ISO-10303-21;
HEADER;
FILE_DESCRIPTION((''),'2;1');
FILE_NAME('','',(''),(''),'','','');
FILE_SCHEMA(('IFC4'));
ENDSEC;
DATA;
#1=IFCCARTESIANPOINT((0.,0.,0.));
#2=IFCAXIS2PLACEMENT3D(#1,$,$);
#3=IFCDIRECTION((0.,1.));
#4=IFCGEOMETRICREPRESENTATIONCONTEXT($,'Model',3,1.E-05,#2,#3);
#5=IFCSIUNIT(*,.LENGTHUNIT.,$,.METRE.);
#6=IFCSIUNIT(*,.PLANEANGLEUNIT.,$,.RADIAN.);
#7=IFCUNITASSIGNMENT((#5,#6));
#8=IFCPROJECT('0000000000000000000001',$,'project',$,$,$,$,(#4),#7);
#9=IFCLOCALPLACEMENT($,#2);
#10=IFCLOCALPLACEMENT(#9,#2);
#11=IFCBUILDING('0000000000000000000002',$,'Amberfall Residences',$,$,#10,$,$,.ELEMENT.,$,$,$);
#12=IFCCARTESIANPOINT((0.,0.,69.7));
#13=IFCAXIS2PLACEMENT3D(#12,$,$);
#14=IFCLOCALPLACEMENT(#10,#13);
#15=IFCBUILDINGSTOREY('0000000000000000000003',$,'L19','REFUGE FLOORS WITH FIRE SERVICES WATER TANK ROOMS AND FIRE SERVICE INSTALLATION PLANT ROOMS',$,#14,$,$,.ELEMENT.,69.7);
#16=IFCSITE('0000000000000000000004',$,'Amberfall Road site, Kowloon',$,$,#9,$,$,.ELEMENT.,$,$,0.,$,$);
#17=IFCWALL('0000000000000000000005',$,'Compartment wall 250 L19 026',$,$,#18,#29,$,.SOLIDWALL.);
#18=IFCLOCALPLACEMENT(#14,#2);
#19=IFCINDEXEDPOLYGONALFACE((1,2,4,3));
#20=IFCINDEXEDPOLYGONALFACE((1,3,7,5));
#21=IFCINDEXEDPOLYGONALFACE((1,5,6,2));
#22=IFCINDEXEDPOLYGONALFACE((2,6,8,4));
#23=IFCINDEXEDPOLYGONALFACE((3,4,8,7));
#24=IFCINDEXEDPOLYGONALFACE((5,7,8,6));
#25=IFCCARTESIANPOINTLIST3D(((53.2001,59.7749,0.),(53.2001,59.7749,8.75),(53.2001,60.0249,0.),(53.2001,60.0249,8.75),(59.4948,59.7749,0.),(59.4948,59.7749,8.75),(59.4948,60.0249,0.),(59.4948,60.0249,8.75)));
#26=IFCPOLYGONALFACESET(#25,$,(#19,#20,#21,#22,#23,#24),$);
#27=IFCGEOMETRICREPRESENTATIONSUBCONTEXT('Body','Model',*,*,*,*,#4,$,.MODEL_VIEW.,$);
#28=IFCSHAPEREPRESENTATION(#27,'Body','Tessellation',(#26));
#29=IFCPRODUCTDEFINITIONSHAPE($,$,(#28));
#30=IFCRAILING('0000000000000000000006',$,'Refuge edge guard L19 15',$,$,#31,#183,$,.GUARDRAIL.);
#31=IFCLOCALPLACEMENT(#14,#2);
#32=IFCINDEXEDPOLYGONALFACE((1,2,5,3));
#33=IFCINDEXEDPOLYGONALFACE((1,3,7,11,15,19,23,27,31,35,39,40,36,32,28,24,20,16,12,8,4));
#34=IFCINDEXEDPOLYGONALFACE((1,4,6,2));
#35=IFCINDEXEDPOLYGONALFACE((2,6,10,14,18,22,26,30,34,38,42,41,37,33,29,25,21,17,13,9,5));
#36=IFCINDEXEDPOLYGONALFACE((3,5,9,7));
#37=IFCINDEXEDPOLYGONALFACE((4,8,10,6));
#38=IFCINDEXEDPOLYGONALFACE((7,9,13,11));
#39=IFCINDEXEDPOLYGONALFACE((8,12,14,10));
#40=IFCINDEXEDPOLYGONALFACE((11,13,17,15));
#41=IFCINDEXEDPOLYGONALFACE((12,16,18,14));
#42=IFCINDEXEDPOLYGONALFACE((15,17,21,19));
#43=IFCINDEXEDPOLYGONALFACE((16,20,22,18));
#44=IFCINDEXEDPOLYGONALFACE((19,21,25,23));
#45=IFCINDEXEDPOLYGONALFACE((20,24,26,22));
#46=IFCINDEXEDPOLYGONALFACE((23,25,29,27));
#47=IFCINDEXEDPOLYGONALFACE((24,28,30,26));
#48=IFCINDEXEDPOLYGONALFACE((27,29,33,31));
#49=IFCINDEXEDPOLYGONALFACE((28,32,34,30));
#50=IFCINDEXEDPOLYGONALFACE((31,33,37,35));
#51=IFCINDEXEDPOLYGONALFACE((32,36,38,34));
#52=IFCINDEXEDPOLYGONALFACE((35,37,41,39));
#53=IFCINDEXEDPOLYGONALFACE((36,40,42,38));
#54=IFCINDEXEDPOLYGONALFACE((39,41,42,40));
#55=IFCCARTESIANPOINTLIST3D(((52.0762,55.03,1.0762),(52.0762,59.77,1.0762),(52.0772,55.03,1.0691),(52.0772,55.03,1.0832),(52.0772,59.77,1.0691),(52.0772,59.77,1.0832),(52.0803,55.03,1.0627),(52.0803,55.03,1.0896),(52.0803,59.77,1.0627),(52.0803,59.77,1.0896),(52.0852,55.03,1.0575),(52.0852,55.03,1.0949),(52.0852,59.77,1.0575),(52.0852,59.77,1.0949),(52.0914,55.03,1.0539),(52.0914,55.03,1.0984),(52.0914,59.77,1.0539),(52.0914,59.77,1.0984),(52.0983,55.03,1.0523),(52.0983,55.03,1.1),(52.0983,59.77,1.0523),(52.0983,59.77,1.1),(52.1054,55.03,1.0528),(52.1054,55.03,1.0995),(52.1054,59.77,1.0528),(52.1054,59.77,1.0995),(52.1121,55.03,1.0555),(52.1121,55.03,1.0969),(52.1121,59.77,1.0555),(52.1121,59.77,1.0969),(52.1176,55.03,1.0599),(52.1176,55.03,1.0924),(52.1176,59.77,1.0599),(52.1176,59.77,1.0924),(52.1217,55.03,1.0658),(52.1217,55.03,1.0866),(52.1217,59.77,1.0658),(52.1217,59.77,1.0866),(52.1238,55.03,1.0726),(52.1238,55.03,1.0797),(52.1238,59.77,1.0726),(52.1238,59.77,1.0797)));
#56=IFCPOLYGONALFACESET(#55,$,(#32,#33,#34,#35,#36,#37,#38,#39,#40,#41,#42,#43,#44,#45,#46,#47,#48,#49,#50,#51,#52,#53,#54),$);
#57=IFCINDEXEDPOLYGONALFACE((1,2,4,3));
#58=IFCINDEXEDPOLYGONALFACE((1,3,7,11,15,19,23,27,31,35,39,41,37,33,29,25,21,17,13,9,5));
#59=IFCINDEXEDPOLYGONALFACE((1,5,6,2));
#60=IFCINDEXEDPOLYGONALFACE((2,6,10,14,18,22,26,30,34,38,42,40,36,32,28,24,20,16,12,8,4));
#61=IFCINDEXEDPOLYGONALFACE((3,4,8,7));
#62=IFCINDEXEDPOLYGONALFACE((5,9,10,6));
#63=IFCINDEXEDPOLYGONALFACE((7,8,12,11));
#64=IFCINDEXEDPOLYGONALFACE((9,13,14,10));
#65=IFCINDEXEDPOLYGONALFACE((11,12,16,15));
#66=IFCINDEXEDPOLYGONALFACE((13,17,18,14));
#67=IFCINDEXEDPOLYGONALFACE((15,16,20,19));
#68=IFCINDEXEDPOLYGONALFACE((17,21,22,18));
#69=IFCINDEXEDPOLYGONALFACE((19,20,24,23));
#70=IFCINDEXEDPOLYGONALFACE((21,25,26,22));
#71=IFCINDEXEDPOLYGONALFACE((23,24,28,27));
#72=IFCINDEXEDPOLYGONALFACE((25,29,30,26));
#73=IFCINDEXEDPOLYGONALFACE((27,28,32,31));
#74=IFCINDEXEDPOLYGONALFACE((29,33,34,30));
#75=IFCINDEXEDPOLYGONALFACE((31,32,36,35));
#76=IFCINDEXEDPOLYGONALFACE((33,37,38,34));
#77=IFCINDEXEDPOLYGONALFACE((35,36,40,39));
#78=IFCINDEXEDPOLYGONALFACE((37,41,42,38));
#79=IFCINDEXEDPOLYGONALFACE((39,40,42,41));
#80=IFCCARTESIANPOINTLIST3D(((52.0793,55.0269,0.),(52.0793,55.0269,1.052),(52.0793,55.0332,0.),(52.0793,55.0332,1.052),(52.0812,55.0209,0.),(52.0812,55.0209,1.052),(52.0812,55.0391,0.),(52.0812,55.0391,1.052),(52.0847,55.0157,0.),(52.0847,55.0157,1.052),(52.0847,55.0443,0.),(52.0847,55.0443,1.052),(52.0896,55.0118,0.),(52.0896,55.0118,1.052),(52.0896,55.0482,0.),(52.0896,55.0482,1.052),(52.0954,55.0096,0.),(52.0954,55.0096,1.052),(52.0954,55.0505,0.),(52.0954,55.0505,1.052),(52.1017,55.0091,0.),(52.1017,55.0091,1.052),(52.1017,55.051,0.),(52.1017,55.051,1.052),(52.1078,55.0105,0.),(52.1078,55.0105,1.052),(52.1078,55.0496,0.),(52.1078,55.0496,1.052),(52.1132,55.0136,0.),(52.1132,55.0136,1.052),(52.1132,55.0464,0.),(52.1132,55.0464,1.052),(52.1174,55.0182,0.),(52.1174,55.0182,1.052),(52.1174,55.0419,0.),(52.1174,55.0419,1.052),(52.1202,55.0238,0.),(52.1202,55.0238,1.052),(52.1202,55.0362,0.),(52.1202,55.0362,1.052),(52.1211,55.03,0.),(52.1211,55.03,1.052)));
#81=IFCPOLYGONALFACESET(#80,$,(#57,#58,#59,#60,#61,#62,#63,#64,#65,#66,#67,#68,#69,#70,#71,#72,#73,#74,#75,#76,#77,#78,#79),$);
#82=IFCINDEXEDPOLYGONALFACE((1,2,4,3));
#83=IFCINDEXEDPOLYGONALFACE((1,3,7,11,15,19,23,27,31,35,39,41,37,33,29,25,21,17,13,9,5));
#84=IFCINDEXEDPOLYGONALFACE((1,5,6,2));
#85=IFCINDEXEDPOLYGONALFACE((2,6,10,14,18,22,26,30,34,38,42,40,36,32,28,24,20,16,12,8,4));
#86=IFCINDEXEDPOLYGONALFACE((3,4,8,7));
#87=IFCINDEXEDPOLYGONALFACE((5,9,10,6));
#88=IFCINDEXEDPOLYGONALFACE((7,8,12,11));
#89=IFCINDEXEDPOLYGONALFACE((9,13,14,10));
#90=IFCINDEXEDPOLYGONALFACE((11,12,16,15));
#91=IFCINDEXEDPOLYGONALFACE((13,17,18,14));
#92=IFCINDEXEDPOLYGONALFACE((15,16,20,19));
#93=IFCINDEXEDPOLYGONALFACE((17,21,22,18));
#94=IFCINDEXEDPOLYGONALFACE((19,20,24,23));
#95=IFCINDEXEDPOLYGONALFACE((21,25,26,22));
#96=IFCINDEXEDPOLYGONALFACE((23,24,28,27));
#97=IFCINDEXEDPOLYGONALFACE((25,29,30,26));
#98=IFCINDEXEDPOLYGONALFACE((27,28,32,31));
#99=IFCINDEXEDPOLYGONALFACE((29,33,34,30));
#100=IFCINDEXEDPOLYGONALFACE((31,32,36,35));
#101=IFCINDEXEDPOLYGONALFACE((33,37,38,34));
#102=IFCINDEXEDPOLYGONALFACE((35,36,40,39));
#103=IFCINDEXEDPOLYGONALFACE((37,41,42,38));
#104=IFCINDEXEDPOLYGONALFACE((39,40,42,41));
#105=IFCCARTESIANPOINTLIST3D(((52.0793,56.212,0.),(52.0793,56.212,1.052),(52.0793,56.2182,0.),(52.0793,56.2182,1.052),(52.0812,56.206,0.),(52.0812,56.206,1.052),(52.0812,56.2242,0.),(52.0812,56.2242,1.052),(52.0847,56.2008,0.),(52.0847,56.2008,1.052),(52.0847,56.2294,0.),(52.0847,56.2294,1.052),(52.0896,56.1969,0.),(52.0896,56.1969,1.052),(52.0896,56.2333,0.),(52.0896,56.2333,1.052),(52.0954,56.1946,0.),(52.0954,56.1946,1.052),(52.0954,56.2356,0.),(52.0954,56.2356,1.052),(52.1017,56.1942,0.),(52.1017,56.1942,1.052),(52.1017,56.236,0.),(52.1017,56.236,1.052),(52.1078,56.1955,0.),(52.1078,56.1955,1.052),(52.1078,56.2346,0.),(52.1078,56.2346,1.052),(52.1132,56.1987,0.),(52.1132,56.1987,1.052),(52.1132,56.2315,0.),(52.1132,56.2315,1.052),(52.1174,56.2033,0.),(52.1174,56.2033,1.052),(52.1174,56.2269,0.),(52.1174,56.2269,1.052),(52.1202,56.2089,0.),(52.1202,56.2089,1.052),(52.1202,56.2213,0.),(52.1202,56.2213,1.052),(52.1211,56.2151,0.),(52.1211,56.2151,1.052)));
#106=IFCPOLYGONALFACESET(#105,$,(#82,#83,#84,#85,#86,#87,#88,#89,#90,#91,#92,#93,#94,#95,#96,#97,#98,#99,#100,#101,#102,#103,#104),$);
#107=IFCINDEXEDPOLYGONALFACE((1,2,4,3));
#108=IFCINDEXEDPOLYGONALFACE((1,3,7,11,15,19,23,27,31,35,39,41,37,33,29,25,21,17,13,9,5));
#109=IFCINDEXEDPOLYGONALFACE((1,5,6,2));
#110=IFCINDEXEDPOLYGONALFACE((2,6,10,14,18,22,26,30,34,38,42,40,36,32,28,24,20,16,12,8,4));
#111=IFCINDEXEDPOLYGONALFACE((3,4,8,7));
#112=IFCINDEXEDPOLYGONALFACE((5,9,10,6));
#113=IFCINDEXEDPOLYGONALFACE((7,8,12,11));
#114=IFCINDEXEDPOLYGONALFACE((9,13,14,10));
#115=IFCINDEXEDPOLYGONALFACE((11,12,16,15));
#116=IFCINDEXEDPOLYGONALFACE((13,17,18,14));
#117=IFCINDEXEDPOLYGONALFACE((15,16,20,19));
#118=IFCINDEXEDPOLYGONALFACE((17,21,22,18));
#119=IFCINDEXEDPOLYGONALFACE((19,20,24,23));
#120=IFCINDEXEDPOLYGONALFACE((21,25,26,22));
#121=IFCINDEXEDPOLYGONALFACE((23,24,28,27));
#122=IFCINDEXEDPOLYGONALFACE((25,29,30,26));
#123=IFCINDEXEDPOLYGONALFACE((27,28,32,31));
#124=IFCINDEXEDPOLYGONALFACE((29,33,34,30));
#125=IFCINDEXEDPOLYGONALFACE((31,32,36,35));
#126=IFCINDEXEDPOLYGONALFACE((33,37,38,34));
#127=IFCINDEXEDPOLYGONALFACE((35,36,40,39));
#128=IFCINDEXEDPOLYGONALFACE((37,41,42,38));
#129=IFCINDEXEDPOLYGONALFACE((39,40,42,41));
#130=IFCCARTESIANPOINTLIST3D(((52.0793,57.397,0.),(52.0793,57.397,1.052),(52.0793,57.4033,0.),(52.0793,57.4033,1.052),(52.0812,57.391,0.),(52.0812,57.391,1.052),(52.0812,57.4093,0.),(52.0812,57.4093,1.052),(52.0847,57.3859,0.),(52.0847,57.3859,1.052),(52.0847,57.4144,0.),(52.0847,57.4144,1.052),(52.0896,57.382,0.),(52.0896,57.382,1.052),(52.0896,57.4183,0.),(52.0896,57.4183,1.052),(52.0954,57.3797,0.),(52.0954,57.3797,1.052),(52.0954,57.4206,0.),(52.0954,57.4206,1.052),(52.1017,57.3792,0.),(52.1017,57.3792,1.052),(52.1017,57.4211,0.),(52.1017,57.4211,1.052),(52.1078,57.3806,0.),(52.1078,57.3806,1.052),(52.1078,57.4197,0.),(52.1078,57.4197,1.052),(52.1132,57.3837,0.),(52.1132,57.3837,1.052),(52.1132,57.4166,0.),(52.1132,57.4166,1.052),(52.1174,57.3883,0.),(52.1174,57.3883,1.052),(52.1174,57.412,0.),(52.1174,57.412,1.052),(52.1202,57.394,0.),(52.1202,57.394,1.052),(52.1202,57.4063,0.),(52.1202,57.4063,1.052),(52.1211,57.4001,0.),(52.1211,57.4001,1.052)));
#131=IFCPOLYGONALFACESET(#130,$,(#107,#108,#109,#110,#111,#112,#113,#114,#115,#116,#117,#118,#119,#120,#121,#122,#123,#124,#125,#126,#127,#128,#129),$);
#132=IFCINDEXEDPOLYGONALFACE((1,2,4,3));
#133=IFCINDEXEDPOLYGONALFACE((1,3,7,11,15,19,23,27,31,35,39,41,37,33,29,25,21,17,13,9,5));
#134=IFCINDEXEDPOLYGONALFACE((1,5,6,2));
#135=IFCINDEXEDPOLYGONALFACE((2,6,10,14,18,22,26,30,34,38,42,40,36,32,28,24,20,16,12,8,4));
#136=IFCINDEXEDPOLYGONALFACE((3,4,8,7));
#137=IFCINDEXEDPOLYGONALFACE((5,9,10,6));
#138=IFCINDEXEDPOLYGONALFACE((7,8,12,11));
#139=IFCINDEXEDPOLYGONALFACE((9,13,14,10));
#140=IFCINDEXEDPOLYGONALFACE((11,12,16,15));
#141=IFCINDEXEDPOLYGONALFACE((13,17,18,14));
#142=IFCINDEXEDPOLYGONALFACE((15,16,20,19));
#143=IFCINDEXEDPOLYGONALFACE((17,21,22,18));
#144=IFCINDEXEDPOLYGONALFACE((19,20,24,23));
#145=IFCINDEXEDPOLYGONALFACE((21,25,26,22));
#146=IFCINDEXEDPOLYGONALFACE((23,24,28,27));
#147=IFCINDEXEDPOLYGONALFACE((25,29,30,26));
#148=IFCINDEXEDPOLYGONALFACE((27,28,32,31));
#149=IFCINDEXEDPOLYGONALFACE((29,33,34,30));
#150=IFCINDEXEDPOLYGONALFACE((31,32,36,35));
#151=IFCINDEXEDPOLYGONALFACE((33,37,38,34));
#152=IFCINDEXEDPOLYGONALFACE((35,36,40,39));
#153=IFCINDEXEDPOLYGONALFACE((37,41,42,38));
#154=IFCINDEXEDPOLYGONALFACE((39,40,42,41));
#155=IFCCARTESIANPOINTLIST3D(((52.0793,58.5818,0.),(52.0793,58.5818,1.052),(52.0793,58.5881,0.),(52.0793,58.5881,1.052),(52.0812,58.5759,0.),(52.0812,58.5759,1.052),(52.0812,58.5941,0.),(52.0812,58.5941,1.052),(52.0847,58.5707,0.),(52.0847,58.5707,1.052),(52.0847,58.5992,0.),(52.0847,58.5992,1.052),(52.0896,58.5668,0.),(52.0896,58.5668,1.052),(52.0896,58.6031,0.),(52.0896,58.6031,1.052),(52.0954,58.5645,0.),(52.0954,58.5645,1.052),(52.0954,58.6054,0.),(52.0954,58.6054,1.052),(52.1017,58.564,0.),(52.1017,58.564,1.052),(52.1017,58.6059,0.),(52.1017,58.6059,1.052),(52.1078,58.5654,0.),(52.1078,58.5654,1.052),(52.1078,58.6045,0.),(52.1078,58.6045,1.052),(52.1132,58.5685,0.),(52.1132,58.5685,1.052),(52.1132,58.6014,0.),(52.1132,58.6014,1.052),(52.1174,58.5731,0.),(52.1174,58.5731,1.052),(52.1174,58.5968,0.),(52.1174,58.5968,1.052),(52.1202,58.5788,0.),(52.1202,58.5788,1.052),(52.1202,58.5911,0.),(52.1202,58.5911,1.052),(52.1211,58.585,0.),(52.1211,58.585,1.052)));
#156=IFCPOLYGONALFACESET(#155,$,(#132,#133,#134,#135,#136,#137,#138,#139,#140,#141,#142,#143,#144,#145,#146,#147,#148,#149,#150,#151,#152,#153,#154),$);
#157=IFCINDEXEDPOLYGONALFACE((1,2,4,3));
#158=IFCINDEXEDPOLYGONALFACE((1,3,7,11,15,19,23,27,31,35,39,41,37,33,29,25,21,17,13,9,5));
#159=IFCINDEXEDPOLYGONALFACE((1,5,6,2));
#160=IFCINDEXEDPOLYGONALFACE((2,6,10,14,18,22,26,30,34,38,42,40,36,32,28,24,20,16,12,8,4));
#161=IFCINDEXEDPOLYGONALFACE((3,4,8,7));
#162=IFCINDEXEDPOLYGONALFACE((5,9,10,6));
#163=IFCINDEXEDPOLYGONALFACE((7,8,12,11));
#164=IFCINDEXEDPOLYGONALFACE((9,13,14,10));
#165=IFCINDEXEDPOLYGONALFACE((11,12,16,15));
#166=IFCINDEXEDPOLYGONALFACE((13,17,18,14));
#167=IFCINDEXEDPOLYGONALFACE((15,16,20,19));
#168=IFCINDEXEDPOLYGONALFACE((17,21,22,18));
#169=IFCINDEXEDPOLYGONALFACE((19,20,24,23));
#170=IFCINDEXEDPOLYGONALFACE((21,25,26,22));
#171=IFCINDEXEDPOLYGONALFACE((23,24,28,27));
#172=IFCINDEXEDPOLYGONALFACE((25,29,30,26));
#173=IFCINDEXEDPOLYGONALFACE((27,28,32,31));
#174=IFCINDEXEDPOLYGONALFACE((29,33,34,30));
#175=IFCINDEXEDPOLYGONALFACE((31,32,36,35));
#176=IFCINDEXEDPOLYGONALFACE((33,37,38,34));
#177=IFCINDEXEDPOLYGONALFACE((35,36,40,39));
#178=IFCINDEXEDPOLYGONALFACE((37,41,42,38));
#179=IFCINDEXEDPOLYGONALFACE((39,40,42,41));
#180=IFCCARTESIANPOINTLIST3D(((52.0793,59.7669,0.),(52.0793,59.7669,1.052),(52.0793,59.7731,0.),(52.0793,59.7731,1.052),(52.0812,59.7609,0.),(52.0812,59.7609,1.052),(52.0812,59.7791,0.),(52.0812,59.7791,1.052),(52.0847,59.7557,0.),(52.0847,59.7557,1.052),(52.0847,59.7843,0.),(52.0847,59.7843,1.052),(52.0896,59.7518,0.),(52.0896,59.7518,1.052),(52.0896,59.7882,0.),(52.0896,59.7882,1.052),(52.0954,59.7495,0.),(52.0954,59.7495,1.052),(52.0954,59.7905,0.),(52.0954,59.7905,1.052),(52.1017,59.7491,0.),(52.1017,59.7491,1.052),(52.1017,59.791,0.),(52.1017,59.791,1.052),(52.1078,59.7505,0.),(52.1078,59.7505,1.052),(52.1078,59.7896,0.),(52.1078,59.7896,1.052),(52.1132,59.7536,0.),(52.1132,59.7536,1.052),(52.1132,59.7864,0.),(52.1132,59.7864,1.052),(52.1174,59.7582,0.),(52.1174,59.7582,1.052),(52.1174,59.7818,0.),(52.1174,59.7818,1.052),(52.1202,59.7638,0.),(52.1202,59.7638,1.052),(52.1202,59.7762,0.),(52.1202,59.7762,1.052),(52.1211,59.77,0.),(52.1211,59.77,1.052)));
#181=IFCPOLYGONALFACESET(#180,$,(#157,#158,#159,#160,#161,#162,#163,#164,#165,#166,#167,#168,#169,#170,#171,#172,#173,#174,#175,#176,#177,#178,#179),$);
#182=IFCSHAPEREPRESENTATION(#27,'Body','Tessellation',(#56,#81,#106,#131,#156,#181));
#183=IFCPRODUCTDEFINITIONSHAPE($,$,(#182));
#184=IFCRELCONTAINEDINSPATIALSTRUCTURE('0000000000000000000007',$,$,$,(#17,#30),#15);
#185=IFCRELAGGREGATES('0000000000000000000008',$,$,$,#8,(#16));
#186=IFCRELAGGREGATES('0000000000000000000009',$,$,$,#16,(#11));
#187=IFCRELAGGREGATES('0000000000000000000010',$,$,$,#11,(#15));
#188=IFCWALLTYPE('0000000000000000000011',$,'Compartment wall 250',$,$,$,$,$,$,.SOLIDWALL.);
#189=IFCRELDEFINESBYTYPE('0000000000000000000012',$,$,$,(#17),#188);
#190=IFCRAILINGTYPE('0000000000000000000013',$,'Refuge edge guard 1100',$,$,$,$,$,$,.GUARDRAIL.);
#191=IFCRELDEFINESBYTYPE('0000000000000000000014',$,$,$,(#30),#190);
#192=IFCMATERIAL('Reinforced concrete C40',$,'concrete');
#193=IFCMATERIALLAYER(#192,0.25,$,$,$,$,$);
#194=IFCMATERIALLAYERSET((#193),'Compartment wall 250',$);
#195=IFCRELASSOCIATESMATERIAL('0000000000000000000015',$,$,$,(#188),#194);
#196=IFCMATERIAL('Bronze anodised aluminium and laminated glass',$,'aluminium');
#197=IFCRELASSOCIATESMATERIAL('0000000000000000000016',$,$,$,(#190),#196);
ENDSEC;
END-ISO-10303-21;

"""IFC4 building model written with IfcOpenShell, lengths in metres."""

from ifc_helpers import new_model, si_unit, direction, frame, frame_2d, origin, origin_2d, place, context, subcontext, project, spatial, rectangle, circle, extrude, material, layer, layer_set, type_object, element, save


model = new_model("IFC4")

# Units and contexts
model_context = context("Model", 3, precision=1e-05, world=origin(), true_north=direction((0.0, 1.0)))
body_context = subcontext(model_context, "Body", "Model", "MODEL_VIEW")
ifc_project = project(units=[si_unit("LENGTHUNIT", "METRE"), si_unit("PLANEANGLEUNIT", "RADIAN")], contexts=[model_context])

# Site, building, storey
site_placement = place(None, origin())
site = spatial("IfcSite", under=ifc_project, at=site_placement, Name="Amberfall Road site, Kowloon", CompositionType="ELEMENT", RefElevation=0.0)
building_placement = place(site_placement, origin())
building = spatial("IfcBuilding", under=site, at=building_placement, Name="Amberfall Residences", CompositionType="ELEMENT")
storey_placement = place(building_placement, frame((0.0, 0.0, 69.7)))
storey = spatial("IfcBuildingStorey", under=building, at=storey_placement, Name="L19", Description="REFUGE FLOORS WITH FIRE SERVICES WATER TANK ROOMS AND FIRE SERVICE INSTALLATION PLANT ROOMS", CompositionType="ELEMENT", Elevation=69.7)

# Wall
ifc_material_1 = material(Name="Reinforced concrete C40", Category="concrete")
ifc_layer = layer(ifc_material_1, 0.25)
ifc_layer_set = layer_set([ifc_layer], Name="Compartment wall 250")
wall_type = type_object("IfcWallType", Name="Compartment wall 250", PredefinedType="SOLIDWALL", material=ifc_layer_set)
wall_placement = place(storey_placement, frame((53.2, 59.8999, 0.0), z_axis=(0.0, 0.0, 1.0), x_axis=(1.0, 0.0, 0.0)))
element("IfcWall", 1, at=wall_placement, inside=storey, type_object=wall_type, Name="Compartment wall 250 L19 026", PredefinedType="SOLIDWALL", context=body_context, shape_type="SweptSolid", body=[
    extrude(rectangle(XDim=6.2947, YDim=0.25, at=frame_2d((3.1475, 0.0))), origin(), (0.0, 0.0, 1.0), 8.75),
])

# Railing
ifc_material_2 = material(Name="Bronze anodised aluminium and laminated glass", Category="aluminium")
railing_type = type_object("IfcRailingType", Name="Refuge edge guard 1100", PredefinedType="GUARDRAIL", material=ifc_material_2)
railing_1_placement = place(storey_placement, frame((52.1001, 55.03, 0.0)))
element("IfcRailing", 2, at=railing_1_placement, inside=storey, type_object=railing_type, Name="Refuge edge guard L19 15", PredefinedType="GUARDRAIL", context=body_context, shape_type="SweptSolid", body=[
    extrude(circle(Radius=0.0239, at=origin_2d()), frame((0.0, 0.0, 1.0762), z_axis=(0.0, 1.0, 0.0), x_axis=(-1.0, 0.0, 0.0)), (0.0, 0.0, 1.0), 4.74),
    extrude(circle(Radius=0.021, at=origin_2d()), origin(), (0.0, 0.0, 1.0), 1.052),
    extrude(circle(Radius=0.021, at=origin_2d()), frame((0.0, 1.1851, 0.0)), (0.0, 0.0, 1.0), 1.052),
    extrude(circle(Radius=0.021, at=origin_2d()), frame((0.0, 2.3701, 0.0)), (0.0, 0.0, 1.0), 1.052),
    extrude(circle(Radius=0.021, at=origin_2d()), frame((0.0, 3.5549, 0.0)), (0.0, 0.0, 1.0), 1.052),
    extrude(circle(Radius=0.021, at=origin_2d()), frame((0.0, 4.74, 0.0)), (0.0, 0.0, 1.0), 1.052),
])

save(model, "model.ifc")
